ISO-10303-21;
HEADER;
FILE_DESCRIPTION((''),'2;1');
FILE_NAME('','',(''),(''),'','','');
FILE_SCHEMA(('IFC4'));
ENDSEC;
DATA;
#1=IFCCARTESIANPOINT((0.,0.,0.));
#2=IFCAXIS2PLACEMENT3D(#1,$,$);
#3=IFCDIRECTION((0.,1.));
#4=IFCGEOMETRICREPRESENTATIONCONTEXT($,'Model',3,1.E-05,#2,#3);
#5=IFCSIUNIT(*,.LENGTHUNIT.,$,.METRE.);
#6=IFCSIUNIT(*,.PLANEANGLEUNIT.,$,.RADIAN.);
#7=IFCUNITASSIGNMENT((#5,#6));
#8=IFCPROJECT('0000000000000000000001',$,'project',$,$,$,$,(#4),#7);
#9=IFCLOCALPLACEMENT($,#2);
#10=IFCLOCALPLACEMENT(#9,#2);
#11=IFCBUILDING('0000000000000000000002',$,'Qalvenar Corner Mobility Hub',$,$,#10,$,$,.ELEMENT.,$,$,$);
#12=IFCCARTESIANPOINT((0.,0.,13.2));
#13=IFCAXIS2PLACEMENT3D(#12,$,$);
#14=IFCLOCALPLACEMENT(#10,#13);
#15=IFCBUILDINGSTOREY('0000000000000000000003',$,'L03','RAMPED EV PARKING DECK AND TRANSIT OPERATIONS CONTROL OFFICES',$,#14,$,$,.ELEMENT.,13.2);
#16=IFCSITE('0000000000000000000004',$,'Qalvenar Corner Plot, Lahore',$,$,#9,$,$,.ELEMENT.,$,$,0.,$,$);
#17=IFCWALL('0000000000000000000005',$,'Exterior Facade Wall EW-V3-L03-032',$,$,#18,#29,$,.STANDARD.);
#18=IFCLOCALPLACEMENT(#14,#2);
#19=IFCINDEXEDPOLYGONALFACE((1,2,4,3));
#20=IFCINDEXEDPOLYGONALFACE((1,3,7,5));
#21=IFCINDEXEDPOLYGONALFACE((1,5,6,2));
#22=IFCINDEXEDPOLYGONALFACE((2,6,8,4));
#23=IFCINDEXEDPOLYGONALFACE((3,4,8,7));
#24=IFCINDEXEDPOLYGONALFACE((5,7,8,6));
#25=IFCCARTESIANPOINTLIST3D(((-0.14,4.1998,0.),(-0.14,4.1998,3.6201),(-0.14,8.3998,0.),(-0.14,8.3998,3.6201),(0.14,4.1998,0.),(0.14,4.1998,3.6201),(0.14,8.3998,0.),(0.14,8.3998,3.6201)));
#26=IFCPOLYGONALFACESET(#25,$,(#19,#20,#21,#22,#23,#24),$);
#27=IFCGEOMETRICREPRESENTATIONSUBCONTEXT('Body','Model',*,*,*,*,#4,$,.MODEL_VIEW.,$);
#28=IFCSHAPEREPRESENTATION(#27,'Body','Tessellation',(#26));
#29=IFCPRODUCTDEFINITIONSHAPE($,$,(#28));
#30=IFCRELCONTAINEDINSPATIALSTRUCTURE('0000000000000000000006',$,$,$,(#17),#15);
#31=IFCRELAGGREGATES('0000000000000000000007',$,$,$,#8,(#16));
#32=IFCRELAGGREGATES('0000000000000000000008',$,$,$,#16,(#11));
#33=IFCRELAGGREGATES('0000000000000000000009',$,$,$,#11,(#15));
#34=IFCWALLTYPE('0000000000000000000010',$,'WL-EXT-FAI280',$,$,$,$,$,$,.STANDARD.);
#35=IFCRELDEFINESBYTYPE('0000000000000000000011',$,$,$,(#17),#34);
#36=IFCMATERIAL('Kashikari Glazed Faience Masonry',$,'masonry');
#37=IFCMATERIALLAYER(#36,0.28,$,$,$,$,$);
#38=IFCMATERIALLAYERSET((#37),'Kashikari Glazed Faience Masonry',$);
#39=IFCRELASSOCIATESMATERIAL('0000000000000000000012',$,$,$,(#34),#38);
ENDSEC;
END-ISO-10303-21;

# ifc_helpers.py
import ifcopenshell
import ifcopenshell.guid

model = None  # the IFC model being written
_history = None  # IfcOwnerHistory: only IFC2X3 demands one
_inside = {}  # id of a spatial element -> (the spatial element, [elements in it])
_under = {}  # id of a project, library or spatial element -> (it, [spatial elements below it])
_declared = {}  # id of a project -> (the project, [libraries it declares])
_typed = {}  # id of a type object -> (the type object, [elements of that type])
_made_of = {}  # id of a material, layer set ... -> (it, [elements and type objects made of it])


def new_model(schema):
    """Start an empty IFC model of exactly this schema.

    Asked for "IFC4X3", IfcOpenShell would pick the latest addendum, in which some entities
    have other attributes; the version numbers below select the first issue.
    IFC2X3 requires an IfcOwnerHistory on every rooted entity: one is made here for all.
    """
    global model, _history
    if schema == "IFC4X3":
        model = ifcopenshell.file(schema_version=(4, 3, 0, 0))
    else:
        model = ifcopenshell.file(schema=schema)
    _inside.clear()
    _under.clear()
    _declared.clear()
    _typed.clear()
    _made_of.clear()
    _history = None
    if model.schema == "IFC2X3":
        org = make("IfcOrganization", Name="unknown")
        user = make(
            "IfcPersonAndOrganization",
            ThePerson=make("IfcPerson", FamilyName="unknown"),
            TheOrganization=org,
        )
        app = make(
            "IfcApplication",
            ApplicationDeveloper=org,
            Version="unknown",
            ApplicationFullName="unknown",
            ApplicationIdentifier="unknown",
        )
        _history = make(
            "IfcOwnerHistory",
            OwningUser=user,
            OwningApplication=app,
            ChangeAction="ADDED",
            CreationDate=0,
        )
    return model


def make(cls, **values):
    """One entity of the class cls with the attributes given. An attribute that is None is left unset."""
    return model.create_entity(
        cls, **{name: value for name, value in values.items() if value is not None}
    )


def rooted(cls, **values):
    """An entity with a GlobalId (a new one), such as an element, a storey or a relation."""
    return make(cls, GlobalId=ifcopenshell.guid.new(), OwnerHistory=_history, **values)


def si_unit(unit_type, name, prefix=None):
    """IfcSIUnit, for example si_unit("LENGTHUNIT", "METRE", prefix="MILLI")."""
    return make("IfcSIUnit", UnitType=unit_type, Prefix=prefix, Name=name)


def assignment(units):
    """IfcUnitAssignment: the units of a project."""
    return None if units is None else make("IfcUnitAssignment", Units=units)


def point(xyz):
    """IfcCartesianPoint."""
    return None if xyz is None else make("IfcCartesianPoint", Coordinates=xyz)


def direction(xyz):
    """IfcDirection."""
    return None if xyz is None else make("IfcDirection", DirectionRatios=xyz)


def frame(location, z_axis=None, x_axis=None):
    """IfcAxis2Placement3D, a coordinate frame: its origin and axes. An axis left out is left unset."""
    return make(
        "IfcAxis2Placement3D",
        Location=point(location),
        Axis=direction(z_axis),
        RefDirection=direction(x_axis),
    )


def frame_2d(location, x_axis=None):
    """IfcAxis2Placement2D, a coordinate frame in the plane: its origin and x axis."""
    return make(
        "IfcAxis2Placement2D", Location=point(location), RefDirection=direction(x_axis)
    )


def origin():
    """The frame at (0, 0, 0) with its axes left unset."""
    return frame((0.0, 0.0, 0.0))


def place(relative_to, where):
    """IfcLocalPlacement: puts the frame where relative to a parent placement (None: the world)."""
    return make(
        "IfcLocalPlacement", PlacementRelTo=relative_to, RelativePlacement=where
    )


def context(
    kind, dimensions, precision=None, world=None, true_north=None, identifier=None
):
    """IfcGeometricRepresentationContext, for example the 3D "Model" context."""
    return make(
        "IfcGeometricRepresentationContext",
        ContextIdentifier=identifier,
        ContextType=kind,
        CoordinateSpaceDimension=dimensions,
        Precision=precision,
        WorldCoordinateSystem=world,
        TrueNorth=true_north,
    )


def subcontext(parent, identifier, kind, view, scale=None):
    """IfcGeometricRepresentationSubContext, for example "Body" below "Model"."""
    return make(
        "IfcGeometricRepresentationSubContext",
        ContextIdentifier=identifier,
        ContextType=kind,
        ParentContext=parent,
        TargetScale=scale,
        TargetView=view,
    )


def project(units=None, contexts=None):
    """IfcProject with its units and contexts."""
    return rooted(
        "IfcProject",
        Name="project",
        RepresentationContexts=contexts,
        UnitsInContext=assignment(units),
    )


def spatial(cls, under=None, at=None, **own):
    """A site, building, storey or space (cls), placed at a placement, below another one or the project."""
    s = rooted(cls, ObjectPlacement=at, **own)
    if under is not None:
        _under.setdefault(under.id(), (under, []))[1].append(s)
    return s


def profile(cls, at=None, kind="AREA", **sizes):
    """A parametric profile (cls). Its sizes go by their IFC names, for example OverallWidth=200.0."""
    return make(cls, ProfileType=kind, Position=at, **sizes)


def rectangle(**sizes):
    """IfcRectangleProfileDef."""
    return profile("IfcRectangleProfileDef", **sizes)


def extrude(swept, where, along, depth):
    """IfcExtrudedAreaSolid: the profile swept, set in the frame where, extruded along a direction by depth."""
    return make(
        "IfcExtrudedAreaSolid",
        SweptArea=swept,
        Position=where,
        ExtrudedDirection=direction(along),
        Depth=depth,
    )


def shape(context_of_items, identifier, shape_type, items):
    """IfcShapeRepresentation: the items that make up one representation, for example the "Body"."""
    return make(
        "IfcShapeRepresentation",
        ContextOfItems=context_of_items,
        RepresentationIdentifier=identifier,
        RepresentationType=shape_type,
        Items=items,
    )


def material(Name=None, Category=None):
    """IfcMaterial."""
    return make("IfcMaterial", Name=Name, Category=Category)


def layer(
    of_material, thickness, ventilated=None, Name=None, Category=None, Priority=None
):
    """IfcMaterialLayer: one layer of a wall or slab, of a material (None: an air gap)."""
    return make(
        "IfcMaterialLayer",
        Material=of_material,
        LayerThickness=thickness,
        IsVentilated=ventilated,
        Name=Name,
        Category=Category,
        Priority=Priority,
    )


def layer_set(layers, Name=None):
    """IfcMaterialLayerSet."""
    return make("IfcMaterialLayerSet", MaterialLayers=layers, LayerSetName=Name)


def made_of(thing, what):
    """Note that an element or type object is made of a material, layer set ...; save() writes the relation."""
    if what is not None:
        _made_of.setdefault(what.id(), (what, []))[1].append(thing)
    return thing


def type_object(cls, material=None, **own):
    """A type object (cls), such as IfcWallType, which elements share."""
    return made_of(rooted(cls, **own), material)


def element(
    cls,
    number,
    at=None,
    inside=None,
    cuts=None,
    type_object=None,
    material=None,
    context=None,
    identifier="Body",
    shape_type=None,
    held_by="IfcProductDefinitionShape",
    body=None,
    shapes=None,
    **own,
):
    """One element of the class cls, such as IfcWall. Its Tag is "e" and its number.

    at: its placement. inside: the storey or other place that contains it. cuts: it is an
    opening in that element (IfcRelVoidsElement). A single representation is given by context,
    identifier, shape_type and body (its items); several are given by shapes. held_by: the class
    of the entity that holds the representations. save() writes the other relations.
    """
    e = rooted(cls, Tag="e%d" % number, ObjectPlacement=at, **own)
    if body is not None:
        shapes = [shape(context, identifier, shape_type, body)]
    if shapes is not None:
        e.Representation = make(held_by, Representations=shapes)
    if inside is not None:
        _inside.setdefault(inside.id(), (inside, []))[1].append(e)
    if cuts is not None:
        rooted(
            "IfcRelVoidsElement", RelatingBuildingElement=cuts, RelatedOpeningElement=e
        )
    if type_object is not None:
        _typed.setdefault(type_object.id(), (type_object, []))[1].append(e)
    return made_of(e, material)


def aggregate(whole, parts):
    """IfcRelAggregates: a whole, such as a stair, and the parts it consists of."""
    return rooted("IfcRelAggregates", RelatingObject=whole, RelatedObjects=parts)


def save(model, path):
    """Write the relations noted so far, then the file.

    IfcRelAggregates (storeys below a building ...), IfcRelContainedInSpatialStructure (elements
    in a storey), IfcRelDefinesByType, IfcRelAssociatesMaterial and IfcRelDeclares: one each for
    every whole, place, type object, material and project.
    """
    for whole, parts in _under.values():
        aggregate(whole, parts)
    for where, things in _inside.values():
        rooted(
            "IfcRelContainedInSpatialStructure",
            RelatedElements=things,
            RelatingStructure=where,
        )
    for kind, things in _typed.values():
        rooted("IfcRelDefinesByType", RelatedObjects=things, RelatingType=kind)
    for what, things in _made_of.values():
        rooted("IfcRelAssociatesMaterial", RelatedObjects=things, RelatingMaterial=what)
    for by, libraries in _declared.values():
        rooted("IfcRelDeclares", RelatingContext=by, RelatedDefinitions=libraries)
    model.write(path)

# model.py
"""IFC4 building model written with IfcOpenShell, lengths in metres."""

from ifc_helpers import new_model, si_unit, direction, frame, frame_2d, origin, place, context, subcontext, project, spatial, rectangle, extrude, material, layer, layer_set, type_object, element, save


model = new_model("IFC4")

# Units and contexts
model_context = context("Model", 3, precision=1e-05, world=origin(), true_north=direction((0.0, 1.0)))
body_context = subcontext(model_context, "Body", "Model", "MODEL_VIEW")
ifc_project = project(units=[si_unit("LENGTHUNIT", "METRE"), si_unit("PLANEANGLEUNIT", "RADIAN")], contexts=[model_context])

# Site, building, storey
site_placement = place(None, origin())
site = spatial("IfcSite", under=ifc_project, at=site_placement, Name="Qalvenar Corner Plot, Lahore", CompositionType="ELEMENT", RefElevation=0.0)
building_placement = place(site_placement, origin())
building = spatial("IfcBuilding", under=site, at=building_placement, Name="Qalvenar Corner Mobility Hub", CompositionType="ELEMENT")
storey_placement = place(building_placement, frame((0.0, 0.0, 13.2)))
storey = spatial("IfcBuildingStorey", under=building, at=storey_placement, Name="L03", Description="RAMPED EV PARKING DECK AND TRANSIT OPERATIONS CONTROL OFFICES", CompositionType="ELEMENT", Elevation=13.2)

# Wall
ifc_material_1 = material(Name="Kashikari Glazed Faience Masonry", Category="masonry")
ifc_layer_1 = layer(ifc_material_1, 0.28)
ifc_layer_set_1 = layer_set([ifc_layer_1], Name="Kashikari Glazed Faience Masonry")
wall_type = type_object("IfcWallType", Name="WL-EXT-FAI280", PredefinedType="STANDARD", material=ifc_layer_set_1)
wall_placement = place(storey_placement, frame((0.0, 8.3999, 0.0), z_axis=(0.0, 0.0, 1.0), x_axis=(0.0, -1.0, 0.0)))
element("IfcWall", 1, at=wall_placement, inside=storey, type_object=wall_type, Name="Exterior Facade Wall EW-V3-L03-032", PredefinedType="STANDARD", context=body_context, shape_type="SweptSolid", body=[
    extrude(rectangle(XDim=4.2, YDim=0.28, at=frame_2d((2.1001, 0.0))), origin(), (0.0, 0.0, 1.0), 3.6201),
])

save(model, "model.ifc")
